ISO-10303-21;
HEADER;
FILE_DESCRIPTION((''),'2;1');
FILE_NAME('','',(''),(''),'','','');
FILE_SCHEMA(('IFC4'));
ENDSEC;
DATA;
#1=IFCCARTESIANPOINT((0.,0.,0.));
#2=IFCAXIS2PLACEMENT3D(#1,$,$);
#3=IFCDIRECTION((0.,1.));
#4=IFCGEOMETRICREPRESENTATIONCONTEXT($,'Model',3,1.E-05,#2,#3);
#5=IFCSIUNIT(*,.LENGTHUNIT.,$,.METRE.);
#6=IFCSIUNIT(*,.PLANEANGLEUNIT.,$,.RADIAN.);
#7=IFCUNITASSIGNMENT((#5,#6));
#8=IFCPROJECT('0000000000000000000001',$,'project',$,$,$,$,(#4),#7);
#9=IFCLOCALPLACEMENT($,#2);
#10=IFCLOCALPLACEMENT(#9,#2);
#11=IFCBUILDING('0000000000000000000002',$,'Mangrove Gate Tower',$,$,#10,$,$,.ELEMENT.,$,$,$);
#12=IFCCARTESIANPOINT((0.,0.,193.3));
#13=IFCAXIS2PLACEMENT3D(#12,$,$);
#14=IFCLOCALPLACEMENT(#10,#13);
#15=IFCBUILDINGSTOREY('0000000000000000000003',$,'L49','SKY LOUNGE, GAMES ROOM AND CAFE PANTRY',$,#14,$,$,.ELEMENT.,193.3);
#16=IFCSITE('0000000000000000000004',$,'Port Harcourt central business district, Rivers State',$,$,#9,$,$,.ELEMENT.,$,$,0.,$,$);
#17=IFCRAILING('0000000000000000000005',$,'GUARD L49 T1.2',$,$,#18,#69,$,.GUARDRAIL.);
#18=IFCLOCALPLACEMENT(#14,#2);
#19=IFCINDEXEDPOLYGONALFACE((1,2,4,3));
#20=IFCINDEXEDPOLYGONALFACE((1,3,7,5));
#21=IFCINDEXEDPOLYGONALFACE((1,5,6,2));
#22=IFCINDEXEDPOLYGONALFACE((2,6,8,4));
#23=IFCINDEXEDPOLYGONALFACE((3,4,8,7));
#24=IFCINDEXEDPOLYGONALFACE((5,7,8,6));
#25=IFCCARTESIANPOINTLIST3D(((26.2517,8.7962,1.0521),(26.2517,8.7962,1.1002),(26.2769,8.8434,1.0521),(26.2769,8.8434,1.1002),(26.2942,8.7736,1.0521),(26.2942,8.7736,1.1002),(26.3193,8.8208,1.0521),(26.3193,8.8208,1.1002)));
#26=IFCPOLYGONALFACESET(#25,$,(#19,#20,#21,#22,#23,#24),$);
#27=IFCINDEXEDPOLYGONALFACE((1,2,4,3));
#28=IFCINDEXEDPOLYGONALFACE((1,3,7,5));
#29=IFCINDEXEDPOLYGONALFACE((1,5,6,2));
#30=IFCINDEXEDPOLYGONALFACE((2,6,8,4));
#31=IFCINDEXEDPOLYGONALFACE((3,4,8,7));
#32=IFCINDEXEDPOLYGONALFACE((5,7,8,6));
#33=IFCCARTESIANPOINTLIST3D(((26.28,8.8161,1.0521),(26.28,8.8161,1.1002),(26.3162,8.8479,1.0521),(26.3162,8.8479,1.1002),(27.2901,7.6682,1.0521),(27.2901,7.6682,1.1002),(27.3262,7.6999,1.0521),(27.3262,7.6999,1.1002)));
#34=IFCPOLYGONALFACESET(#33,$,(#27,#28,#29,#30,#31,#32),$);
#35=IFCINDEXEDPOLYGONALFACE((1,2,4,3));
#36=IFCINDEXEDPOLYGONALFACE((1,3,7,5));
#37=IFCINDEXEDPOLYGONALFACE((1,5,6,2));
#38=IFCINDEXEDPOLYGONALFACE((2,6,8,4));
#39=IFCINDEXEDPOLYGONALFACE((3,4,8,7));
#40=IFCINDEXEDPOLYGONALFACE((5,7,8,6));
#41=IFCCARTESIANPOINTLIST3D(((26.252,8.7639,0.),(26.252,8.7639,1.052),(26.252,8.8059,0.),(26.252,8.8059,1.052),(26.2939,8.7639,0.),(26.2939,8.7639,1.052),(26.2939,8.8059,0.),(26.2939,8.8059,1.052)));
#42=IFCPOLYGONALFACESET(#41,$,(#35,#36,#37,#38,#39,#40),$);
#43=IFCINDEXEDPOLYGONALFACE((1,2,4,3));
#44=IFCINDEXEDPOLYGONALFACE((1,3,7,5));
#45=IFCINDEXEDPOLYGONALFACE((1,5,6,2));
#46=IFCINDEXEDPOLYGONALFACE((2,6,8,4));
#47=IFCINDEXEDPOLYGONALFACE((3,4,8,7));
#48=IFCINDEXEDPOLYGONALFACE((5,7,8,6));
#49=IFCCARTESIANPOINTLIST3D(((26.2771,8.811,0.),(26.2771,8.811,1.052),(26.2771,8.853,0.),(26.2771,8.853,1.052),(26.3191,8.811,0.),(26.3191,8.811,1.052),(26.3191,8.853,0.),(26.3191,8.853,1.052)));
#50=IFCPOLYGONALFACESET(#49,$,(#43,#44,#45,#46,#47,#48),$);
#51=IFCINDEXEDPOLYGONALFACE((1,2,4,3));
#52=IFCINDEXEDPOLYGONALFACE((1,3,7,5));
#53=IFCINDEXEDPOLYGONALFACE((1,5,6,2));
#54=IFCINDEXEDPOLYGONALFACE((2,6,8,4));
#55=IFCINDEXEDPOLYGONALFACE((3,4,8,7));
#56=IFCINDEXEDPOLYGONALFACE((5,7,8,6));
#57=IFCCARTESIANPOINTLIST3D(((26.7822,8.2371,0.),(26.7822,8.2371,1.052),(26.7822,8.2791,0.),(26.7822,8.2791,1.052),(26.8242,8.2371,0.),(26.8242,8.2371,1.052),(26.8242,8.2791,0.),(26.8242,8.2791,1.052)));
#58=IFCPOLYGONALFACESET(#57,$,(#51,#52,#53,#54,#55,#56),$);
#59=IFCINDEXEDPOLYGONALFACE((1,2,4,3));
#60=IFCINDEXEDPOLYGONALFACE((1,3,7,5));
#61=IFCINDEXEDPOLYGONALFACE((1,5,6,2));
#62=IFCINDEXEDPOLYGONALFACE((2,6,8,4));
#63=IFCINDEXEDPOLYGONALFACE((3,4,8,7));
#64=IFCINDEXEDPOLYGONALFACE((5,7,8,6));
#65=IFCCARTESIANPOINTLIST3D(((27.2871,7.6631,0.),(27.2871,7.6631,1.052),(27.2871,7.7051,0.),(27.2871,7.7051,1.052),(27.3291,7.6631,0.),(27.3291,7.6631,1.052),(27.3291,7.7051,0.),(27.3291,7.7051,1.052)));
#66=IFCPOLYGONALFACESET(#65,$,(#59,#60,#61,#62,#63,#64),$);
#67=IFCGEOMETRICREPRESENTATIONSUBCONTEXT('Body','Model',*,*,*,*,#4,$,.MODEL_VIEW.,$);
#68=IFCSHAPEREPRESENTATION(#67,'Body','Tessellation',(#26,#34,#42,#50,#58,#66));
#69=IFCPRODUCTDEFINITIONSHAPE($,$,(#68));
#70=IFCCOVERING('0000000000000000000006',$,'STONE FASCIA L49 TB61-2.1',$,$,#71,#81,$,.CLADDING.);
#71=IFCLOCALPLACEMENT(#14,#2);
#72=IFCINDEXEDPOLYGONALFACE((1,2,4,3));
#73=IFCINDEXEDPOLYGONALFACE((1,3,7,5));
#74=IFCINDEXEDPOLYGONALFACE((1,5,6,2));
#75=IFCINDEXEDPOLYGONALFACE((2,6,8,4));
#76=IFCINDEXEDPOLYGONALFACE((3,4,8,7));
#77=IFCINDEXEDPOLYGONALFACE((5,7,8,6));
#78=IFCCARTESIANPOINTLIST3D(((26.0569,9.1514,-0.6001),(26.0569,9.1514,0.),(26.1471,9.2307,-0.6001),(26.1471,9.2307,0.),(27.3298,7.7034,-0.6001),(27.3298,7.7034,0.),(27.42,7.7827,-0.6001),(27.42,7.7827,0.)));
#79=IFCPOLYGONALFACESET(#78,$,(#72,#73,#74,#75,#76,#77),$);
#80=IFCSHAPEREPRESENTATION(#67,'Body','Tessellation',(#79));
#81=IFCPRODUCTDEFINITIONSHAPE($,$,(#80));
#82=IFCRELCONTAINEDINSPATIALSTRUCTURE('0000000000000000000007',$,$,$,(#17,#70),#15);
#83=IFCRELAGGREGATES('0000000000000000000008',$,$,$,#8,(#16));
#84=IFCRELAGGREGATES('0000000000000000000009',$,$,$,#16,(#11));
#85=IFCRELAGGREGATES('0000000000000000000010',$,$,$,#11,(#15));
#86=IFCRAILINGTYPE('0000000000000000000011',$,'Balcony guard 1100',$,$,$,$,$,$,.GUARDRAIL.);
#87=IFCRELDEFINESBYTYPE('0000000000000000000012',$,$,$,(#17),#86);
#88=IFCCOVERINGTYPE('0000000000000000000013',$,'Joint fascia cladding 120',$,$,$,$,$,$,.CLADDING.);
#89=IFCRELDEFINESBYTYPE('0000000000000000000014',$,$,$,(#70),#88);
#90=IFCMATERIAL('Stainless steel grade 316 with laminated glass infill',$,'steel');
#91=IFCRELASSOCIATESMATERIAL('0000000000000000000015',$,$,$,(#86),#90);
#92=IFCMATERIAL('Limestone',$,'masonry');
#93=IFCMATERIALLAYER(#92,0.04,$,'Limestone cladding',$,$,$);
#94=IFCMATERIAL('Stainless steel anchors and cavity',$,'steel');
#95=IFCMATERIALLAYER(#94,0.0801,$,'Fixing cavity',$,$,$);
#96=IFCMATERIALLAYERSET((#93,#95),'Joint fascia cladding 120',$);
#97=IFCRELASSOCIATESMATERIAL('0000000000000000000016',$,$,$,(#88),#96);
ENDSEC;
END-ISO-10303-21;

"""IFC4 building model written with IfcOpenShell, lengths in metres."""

from ifc_helpers import new_model, si_unit, direction, frame, frame_2d, origin, origin_2d, place, context, subcontext, project, spatial, rectangle, extrude, material, layer, layer_set, type_object, element, save


model = new_model("IFC4")

# Units and contexts
model_context = context("Model", 3, precision=1e-05, world=origin(), true_north=direction((0.0, 1.0)))
body_context = subcontext(model_context, "Body", "Model", "MODEL_VIEW")
ifc_project = project(units=[si_unit("LENGTHUNIT", "METRE"), si_unit("PLANEANGLEUNIT", "RADIAN")], contexts=[model_context])

# Site, building, storey
site_placement = place(None, origin())
site = spatial("IfcSite", under=ifc_project, at=site_placement, Name="Port Harcourt central business district, Rivers State", CompositionType="ELEMENT", RefElevation=0.0)
building_placement = place(site_placement, origin())
building = spatial("IfcBuilding", under=site, at=building_placement, Name="Mangrove Gate Tower", CompositionType="ELEMENT")
storey_placement = place(building_placement, frame((0.0, 0.0, 193.3)))
storey = spatial("IfcBuildingStorey", under=building, at=storey_placement, Name="L49", Description="SKY LOUNGE, GAMES ROOM AND CAFE PANTRY", CompositionType="ELEMENT", Elevation=193.3)

# Shared definitions
ifc_material_1 = material(Name="Limestone", Category="masonry")

# Railing
ifc_material_2 = material(Name="Stainless steel grade 316 with laminated glass infill", Category="steel")
railing_type = type_object("IfcRailingType", Name="Balcony guard 1100", PredefinedType="GUARDRAIL", material=ifc_material_2)
railing_1_placement = place(storey_placement, frame((26.2729, 8.7849, 0.0)))
element("IfcRailing", 1, at=railing_1_placement, inside=storey, type_object=railing_type, Name="GUARD L49 T1.2", PredefinedType="GUARDRAIL", context=body_context, shape_type="SweptSolid", body=[
    extrude(rectangle(XDim=0.0481, YDim=0.0481, at=origin_2d()), frame((0.0, 0.0, 1.0762), z_axis=(0.470825, 0.882226, 0.0), x_axis=(-0.882226, 0.470825, 0.0)), (0.0, 0.0, 1.0), 0.0535),
    extrude(rectangle(XDim=0.0481, YDim=0.0481, at=origin_2d()), frame((0.0251, 0.0471, 1.0762), z_axis=(0.66056, -0.750774, 0.0), x_axis=(0.750774, 0.66056, 0.0)), (0.0, 0.0, 1.0), 1.5291),
    extrude(rectangle(XDim=0.042, YDim=0.042, at=origin_2d()), origin(), (0.0, 0.0, 1.0), 1.052),
    extrude(rectangle(XDim=0.042, YDim=0.042, at=origin_2d()), frame((0.0251, 0.0471, 0.0)), (0.0, 0.0, 1.0), 1.052),
    extrude(rectangle(XDim=0.042, YDim=0.042, at=origin_2d()), frame((0.5303, -0.5269, 0.0)), (0.0, 0.0, 1.0), 1.052),
    extrude(rectangle(XDim=0.042, YDim=0.042, at=origin_2d()), frame((1.0352, -1.1008, 0.0)), (0.0, 0.0, 1.0), 1.052),
])

# Covering
ifc_layer_1 = layer(ifc_material_1, 0.04, Name="Limestone cladding")
ifc_material_3 = material(Name="Stainless steel anchors and cavity", Category="steel")
ifc_layer_2 = layer(ifc_material_3, 0.0801, Name="Fixing cavity")
ifc_layer_set_1 = layer_set([ifc_layer_1, ifc_layer_2], Name="Joint fascia cladding 120")
covering_type = type_object("IfcCoveringType", Name="Joint fascia cladding 120", PredefinedType="CLADDING", material=ifc_layer_set_1)
covering_placement = place(storey_placement, frame((26.1021, 9.1909, -0.6001), z_axis=(0.0, 0.0, 1.0), x_axis=(0.660251, -0.751045, 0.0)))
element("IfcCovering", 2, at=covering_placement, inside=storey, type_object=covering_type, Name="STONE FASCIA L49 TB61-2.1", PredefinedType="CLADDING", context=body_context, shape_type="SweptSolid", body=[
    extrude(rectangle(XDim=1.928, YDim=0.1201, at=frame_2d((0.9639, 0.0))), origin(), (0.0, 0.0, 1.0), 0.6001),
])

save(model, "model.ifc")
